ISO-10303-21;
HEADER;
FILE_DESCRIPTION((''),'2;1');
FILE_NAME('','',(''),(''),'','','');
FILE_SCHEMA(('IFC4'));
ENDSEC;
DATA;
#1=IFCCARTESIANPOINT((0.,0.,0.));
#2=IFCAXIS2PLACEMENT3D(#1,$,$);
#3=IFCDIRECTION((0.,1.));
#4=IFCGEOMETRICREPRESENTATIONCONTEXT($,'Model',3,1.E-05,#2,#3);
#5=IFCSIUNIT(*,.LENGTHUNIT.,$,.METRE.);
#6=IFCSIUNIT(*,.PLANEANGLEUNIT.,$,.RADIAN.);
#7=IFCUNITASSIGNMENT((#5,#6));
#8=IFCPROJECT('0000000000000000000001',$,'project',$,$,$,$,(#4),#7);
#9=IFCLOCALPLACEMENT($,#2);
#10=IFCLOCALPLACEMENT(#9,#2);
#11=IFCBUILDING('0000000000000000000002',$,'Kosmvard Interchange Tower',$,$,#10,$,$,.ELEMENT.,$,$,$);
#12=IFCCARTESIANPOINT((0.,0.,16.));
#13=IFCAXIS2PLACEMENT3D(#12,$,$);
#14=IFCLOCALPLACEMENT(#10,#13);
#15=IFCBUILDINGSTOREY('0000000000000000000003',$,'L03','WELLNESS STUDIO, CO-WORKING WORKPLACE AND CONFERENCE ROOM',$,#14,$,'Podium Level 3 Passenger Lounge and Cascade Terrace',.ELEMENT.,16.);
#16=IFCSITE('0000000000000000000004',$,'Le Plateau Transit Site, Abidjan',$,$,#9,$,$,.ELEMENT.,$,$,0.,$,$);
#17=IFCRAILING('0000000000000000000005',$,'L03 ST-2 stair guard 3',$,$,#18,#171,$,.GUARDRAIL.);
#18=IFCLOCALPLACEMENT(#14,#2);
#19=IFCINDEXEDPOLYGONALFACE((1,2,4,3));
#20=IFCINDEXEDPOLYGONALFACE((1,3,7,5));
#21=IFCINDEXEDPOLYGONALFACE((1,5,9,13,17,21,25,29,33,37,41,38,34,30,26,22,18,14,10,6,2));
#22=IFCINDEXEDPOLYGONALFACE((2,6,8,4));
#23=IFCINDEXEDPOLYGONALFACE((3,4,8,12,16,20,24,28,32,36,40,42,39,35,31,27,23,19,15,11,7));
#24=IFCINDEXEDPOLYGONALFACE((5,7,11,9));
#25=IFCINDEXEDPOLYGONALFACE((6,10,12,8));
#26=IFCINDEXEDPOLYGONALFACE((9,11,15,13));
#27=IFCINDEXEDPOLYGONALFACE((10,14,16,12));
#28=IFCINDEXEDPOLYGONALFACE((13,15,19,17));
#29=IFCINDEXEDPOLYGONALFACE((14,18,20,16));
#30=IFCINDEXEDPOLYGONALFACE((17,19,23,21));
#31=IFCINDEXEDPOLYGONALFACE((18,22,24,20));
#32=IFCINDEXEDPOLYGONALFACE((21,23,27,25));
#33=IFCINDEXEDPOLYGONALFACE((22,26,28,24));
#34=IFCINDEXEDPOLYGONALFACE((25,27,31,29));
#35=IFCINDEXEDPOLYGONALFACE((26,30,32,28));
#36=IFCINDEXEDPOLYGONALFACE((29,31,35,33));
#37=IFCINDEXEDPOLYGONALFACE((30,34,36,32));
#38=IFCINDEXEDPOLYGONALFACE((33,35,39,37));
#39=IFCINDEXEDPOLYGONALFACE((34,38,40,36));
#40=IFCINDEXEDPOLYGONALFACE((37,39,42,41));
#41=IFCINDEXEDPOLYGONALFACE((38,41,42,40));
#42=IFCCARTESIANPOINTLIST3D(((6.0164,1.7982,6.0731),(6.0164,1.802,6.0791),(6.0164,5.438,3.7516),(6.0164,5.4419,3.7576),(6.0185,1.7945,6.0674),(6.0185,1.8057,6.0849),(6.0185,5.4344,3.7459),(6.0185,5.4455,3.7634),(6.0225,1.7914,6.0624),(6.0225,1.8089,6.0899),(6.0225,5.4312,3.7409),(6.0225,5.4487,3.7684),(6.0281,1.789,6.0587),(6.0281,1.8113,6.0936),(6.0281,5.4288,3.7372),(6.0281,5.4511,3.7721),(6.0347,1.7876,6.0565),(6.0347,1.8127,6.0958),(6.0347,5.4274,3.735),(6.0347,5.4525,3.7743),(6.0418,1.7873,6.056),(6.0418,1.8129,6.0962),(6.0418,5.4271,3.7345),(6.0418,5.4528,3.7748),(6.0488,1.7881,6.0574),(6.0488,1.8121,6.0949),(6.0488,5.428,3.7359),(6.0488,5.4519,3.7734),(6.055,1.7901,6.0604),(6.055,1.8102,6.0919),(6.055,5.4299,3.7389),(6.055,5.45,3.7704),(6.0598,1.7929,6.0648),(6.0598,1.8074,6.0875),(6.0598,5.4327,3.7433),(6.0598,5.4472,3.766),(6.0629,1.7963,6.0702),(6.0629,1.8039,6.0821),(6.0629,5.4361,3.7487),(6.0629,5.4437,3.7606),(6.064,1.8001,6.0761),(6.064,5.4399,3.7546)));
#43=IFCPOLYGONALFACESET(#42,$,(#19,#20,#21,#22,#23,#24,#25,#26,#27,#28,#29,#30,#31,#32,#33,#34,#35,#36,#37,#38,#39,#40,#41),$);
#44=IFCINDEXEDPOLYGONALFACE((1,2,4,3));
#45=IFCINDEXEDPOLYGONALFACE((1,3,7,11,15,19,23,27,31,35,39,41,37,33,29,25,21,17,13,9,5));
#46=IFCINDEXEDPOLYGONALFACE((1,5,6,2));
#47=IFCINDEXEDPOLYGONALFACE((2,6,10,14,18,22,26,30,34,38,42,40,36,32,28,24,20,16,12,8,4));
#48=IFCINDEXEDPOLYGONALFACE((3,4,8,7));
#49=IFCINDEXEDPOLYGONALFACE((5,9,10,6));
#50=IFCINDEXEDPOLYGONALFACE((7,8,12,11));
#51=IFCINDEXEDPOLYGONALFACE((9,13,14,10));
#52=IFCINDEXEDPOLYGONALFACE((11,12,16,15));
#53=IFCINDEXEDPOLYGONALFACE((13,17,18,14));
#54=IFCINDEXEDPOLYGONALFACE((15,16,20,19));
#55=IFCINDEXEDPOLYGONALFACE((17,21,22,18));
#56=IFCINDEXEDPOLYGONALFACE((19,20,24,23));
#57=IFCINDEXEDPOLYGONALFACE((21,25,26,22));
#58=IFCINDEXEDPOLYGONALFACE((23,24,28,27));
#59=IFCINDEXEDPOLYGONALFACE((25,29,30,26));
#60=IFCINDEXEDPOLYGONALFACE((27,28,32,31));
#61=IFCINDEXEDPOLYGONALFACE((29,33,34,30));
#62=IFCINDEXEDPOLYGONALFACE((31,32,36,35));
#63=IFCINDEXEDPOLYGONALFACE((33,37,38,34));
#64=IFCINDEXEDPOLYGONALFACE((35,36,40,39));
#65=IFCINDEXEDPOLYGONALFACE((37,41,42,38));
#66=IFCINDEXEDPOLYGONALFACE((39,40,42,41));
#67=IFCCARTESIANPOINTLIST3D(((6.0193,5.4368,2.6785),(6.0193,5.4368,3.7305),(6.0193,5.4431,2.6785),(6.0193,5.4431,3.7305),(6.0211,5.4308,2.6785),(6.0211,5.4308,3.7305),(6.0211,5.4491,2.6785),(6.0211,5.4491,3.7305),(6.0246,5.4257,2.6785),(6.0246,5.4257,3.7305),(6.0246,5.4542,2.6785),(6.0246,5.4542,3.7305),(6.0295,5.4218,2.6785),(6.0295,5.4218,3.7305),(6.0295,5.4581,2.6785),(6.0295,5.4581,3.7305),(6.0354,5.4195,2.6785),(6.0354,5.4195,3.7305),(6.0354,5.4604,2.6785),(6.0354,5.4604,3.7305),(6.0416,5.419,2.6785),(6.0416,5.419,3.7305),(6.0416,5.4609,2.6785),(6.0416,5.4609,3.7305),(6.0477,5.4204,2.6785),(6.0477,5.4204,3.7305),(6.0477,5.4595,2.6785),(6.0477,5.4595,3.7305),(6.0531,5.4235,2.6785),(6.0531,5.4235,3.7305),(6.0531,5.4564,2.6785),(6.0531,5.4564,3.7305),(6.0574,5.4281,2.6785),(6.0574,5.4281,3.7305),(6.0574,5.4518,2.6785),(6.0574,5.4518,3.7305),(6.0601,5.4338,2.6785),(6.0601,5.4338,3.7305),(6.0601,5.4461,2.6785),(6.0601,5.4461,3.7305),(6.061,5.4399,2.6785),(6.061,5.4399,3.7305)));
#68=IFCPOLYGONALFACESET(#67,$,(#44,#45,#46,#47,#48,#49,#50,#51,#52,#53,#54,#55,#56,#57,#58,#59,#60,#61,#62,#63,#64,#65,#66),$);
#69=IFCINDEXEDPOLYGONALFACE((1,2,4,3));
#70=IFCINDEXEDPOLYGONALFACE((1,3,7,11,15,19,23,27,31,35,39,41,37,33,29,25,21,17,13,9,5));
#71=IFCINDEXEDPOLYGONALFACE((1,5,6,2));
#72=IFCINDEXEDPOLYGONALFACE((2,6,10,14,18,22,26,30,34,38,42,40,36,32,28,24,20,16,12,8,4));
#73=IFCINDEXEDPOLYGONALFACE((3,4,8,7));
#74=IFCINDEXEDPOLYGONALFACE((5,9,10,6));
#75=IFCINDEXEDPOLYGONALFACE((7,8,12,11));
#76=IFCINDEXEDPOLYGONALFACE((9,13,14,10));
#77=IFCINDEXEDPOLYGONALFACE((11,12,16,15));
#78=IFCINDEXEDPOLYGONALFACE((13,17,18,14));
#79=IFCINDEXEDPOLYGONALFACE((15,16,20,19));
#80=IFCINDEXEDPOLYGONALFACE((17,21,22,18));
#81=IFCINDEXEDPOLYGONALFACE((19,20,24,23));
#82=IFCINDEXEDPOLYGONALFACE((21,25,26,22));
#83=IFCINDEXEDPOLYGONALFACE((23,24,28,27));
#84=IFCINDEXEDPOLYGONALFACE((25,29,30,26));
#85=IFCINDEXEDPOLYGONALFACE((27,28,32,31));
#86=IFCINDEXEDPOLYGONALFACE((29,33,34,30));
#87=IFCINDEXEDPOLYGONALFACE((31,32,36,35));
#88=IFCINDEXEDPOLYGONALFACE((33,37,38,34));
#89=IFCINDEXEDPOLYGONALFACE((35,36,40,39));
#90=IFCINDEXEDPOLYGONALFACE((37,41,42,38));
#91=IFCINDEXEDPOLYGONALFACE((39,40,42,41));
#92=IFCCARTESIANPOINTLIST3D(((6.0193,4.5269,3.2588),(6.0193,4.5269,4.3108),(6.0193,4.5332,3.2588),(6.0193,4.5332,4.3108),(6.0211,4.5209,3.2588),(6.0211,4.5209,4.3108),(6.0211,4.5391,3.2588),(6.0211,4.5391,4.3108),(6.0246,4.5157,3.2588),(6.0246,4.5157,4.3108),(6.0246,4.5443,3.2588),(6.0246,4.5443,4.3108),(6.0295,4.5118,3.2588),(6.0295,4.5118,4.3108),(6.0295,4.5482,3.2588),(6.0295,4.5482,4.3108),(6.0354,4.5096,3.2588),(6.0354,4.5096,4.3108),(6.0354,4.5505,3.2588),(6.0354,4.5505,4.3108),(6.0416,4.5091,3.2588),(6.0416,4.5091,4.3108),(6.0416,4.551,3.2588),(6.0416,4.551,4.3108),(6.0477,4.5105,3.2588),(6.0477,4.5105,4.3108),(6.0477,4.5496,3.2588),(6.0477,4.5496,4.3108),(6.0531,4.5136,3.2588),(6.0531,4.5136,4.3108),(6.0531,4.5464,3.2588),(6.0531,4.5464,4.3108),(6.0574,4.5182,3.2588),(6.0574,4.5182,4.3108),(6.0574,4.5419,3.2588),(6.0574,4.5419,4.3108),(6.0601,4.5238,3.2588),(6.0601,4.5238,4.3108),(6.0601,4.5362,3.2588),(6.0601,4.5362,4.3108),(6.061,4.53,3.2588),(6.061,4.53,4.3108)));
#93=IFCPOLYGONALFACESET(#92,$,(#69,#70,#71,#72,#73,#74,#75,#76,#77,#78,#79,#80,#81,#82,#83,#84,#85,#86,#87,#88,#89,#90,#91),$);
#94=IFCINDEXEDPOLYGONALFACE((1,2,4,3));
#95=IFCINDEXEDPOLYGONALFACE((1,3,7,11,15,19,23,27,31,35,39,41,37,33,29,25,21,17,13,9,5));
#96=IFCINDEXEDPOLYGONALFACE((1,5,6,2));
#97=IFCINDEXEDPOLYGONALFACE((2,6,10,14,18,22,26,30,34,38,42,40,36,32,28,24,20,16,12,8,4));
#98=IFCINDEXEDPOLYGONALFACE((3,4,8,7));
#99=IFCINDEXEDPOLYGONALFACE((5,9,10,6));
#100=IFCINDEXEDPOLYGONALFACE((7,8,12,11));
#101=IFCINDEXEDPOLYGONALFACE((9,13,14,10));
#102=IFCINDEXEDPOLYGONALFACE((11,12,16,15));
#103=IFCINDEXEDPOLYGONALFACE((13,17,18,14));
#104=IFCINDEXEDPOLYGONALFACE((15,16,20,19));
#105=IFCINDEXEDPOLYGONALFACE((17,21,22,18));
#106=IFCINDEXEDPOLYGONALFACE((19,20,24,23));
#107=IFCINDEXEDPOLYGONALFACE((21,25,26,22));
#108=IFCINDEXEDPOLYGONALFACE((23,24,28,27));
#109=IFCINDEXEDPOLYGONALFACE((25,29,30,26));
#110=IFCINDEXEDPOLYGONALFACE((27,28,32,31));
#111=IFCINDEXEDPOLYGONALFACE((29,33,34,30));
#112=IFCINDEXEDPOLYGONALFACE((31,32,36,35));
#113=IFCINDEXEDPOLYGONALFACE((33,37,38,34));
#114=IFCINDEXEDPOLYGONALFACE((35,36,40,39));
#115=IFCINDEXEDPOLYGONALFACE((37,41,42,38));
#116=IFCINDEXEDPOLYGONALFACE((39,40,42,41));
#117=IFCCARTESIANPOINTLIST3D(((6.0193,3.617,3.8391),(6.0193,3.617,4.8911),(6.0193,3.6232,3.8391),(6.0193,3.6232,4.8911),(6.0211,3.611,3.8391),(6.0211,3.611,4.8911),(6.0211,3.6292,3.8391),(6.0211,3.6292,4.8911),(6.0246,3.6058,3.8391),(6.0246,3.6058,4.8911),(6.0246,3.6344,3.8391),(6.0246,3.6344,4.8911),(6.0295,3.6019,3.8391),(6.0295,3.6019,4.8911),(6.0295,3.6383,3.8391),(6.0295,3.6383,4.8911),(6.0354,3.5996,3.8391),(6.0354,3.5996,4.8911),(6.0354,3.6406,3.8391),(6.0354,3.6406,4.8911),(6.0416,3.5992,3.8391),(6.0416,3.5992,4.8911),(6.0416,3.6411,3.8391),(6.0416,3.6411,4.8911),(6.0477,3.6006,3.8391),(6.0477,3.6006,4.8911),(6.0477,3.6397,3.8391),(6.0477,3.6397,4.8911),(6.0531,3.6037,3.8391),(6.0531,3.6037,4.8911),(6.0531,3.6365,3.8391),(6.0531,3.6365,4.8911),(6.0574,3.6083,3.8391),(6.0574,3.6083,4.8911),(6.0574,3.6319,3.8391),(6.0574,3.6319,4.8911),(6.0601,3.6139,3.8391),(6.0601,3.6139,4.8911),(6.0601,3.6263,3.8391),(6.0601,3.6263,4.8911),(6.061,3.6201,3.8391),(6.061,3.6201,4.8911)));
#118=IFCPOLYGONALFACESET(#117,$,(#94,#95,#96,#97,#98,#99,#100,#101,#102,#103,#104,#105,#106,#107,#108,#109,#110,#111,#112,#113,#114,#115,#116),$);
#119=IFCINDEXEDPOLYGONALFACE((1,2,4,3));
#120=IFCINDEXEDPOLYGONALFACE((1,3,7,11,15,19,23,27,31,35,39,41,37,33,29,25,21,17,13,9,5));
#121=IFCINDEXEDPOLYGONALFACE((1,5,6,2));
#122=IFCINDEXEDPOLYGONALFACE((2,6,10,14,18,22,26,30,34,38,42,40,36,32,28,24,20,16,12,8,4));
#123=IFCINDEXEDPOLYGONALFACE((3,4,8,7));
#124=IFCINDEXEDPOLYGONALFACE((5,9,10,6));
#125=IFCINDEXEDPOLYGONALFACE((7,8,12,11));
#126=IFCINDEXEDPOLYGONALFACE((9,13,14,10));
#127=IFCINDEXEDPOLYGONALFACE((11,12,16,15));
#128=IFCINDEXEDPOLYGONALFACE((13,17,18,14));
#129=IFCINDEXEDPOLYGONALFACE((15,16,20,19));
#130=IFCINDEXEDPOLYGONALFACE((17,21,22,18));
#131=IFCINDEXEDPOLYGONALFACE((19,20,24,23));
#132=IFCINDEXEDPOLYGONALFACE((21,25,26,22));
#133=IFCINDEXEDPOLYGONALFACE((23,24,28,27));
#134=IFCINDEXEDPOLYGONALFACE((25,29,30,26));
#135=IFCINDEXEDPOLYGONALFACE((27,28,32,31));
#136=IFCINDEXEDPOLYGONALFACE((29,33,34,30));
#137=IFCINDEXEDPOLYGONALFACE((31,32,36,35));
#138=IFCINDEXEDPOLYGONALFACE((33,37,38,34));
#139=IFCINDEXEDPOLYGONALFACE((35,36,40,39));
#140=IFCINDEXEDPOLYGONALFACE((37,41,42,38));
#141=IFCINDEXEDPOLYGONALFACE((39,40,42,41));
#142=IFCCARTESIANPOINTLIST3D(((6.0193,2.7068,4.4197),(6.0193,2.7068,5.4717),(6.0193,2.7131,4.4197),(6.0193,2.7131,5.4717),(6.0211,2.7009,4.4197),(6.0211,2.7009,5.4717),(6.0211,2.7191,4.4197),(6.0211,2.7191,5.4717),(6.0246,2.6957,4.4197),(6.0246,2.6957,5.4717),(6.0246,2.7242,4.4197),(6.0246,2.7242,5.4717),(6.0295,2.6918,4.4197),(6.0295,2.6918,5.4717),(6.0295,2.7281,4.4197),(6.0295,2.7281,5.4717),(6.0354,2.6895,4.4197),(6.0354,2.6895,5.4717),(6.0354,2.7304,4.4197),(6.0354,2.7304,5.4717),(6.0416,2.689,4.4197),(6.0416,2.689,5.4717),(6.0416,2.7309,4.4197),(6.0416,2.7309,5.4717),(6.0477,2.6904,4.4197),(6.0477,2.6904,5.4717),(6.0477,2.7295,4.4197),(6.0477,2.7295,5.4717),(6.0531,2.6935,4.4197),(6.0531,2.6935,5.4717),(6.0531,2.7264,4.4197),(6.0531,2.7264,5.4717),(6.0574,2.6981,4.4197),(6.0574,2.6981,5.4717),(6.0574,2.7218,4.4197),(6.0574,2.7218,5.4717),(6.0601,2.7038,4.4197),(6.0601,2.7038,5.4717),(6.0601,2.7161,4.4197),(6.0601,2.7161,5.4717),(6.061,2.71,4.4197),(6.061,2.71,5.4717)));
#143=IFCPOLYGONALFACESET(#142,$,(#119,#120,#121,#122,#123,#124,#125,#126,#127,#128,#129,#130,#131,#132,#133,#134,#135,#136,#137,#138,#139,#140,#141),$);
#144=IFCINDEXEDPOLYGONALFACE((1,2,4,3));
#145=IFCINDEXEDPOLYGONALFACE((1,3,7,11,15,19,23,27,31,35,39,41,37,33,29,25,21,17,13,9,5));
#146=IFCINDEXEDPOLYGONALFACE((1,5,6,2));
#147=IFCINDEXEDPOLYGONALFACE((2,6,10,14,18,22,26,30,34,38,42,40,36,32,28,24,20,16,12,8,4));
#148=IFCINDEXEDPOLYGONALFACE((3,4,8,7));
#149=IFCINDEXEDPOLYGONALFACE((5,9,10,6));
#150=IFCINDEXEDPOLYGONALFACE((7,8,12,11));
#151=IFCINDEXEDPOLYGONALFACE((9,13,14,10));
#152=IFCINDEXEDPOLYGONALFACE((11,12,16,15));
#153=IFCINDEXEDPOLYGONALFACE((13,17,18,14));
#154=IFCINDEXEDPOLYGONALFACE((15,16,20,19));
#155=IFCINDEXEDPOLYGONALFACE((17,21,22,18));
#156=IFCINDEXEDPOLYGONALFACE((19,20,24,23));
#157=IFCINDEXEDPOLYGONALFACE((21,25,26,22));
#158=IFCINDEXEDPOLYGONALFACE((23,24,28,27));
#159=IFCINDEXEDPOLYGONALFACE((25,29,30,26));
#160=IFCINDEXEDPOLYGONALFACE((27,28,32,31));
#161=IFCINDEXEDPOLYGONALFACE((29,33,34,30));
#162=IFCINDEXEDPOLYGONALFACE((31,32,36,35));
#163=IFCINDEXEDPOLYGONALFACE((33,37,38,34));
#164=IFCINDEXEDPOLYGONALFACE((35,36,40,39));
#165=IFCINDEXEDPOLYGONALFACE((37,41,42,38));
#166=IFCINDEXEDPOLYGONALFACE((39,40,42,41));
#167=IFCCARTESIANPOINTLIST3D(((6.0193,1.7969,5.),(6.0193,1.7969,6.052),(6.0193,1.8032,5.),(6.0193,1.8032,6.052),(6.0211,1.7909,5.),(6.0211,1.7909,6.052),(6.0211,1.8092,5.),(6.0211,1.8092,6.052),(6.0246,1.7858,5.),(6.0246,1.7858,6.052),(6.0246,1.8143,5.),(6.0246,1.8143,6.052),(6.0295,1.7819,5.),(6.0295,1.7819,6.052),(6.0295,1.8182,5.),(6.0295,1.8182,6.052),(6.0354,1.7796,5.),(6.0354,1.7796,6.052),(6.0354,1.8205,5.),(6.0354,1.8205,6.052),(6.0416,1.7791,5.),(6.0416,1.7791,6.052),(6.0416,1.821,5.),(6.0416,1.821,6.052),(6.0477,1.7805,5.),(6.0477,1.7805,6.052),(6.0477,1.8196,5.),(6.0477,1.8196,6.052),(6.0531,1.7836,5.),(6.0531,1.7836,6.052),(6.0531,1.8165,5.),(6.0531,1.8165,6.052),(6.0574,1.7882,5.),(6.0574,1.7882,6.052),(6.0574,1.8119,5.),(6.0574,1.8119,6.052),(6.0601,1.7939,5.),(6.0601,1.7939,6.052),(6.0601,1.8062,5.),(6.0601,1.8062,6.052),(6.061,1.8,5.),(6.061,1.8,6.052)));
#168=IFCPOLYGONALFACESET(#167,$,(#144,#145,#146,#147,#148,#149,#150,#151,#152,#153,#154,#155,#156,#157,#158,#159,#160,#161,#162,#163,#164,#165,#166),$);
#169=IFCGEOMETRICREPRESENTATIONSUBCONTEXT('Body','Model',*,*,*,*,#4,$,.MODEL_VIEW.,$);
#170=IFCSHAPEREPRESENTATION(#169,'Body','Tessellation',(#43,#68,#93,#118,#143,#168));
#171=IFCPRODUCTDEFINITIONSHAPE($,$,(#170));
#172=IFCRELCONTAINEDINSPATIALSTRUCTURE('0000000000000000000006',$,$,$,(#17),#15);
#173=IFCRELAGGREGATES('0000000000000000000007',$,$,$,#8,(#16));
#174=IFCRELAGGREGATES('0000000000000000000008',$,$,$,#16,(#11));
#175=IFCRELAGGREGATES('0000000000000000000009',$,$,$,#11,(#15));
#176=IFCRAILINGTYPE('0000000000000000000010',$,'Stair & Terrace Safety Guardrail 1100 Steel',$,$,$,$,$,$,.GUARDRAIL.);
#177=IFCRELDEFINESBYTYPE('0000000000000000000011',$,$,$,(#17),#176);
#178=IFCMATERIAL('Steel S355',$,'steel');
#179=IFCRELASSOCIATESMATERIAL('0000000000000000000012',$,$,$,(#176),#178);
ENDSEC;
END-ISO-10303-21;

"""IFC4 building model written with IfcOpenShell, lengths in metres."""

from ifc_helpers import new_model, si_unit, direction, frame, origin, origin_2d, place, context, subcontext, project, spatial, circle, extrude, source, transform, mapped, material, type_object, element, save


model = new_model("IFC4")

# Units and contexts
model_context = context("Model", 3, precision=1e-05, world=origin(), true_north=direction((0.0, 1.0)))
body_context = subcontext(model_context, "Body", "Model", "MODEL_VIEW")
ifc_project = project(units=[si_unit("LENGTHUNIT", "METRE"), si_unit("PLANEANGLEUNIT", "RADIAN")], contexts=[model_context])

# Site, building, storey
site_placement = place(None, origin())
site = spatial("IfcSite", under=ifc_project, at=site_placement, Name="Le Plateau Transit Site, Abidjan", CompositionType="ELEMENT", RefElevation=0.0)
building_placement = place(site_placement, origin())
building = spatial("IfcBuilding", under=site, at=building_placement, Name="Kosmvard Interchange Tower", CompositionType="ELEMENT")
storey_placement = place(building_placement, frame((0.0, 0.0, 16.0)))
storey = spatial("IfcBuildingStorey", under=building, at=storey_placement, Name="L03", Description="WELLNESS STUDIO, CO-WORKING WORKPLACE AND CONFERENCE ROOM", LongName="Podium Level 3 Passenger Lounge and Cascade Terrace", CompositionType="ELEMENT", Elevation=16.0)

# Shared definitions
ifc_material_1 = material(Name="Steel S355", Category="steel")

# Railing
railing_type_1 = type_object("IfcRailingType", Name="Stair & Terrace Safety Guardrail 1100 Steel", PredefinedType="GUARDRAIL", material=ifc_material_1)
shared_shape_1 = source(origin(), body_context, "Body", "SweptSolid", [
    extrude(circle(Radius=0.0239, at=origin_2d()), frame((0.0, 0.0, 1.0762), z_axis=(0.0, -0.843112, 0.537739), x_axis=(1.0, 0.0, 0.0)), (0.0, 0.0, 1.0), 4.3171),
    extrude(circle(Radius=0.021, at=origin_2d()), origin(), (0.0, 0.0, 1.0), 1.052),
    extrude(circle(Radius=0.021, at=origin_2d()), frame((0.0, -0.9099, 0.5803)), (0.0, 0.0, 1.0), 1.052),
    extrude(circle(Radius=0.021, at=origin_2d()), frame((0.0, -1.8198, 1.1606)), (0.0, 0.0, 1.0), 1.052),
    extrude(circle(Radius=0.021, at=origin_2d()), frame((0.0, -2.73, 1.7412)), (0.0, 0.0, 1.0), 1.052),
    extrude(circle(Radius=0.021, at=origin_2d()), frame((0.0, -3.6399, 2.3215)), (0.0, 0.0, 1.0), 1.052),
])
railing_1_placement = place(storey_placement, frame((6.04, 5.4399, 2.6785)))
element("IfcRailing", 1, at=railing_1_placement, inside=storey, type_object=railing_type_1, Name="L03 ST-2 stair guard 3", PredefinedType="GUARDRAIL", context=body_context, shape_type="MappedRepresentation", body=[
    mapped(shared_shape_1, transform((0.0, 0.0, 0.0), scale=1.0)),
])

save(model, "model.ifc")
